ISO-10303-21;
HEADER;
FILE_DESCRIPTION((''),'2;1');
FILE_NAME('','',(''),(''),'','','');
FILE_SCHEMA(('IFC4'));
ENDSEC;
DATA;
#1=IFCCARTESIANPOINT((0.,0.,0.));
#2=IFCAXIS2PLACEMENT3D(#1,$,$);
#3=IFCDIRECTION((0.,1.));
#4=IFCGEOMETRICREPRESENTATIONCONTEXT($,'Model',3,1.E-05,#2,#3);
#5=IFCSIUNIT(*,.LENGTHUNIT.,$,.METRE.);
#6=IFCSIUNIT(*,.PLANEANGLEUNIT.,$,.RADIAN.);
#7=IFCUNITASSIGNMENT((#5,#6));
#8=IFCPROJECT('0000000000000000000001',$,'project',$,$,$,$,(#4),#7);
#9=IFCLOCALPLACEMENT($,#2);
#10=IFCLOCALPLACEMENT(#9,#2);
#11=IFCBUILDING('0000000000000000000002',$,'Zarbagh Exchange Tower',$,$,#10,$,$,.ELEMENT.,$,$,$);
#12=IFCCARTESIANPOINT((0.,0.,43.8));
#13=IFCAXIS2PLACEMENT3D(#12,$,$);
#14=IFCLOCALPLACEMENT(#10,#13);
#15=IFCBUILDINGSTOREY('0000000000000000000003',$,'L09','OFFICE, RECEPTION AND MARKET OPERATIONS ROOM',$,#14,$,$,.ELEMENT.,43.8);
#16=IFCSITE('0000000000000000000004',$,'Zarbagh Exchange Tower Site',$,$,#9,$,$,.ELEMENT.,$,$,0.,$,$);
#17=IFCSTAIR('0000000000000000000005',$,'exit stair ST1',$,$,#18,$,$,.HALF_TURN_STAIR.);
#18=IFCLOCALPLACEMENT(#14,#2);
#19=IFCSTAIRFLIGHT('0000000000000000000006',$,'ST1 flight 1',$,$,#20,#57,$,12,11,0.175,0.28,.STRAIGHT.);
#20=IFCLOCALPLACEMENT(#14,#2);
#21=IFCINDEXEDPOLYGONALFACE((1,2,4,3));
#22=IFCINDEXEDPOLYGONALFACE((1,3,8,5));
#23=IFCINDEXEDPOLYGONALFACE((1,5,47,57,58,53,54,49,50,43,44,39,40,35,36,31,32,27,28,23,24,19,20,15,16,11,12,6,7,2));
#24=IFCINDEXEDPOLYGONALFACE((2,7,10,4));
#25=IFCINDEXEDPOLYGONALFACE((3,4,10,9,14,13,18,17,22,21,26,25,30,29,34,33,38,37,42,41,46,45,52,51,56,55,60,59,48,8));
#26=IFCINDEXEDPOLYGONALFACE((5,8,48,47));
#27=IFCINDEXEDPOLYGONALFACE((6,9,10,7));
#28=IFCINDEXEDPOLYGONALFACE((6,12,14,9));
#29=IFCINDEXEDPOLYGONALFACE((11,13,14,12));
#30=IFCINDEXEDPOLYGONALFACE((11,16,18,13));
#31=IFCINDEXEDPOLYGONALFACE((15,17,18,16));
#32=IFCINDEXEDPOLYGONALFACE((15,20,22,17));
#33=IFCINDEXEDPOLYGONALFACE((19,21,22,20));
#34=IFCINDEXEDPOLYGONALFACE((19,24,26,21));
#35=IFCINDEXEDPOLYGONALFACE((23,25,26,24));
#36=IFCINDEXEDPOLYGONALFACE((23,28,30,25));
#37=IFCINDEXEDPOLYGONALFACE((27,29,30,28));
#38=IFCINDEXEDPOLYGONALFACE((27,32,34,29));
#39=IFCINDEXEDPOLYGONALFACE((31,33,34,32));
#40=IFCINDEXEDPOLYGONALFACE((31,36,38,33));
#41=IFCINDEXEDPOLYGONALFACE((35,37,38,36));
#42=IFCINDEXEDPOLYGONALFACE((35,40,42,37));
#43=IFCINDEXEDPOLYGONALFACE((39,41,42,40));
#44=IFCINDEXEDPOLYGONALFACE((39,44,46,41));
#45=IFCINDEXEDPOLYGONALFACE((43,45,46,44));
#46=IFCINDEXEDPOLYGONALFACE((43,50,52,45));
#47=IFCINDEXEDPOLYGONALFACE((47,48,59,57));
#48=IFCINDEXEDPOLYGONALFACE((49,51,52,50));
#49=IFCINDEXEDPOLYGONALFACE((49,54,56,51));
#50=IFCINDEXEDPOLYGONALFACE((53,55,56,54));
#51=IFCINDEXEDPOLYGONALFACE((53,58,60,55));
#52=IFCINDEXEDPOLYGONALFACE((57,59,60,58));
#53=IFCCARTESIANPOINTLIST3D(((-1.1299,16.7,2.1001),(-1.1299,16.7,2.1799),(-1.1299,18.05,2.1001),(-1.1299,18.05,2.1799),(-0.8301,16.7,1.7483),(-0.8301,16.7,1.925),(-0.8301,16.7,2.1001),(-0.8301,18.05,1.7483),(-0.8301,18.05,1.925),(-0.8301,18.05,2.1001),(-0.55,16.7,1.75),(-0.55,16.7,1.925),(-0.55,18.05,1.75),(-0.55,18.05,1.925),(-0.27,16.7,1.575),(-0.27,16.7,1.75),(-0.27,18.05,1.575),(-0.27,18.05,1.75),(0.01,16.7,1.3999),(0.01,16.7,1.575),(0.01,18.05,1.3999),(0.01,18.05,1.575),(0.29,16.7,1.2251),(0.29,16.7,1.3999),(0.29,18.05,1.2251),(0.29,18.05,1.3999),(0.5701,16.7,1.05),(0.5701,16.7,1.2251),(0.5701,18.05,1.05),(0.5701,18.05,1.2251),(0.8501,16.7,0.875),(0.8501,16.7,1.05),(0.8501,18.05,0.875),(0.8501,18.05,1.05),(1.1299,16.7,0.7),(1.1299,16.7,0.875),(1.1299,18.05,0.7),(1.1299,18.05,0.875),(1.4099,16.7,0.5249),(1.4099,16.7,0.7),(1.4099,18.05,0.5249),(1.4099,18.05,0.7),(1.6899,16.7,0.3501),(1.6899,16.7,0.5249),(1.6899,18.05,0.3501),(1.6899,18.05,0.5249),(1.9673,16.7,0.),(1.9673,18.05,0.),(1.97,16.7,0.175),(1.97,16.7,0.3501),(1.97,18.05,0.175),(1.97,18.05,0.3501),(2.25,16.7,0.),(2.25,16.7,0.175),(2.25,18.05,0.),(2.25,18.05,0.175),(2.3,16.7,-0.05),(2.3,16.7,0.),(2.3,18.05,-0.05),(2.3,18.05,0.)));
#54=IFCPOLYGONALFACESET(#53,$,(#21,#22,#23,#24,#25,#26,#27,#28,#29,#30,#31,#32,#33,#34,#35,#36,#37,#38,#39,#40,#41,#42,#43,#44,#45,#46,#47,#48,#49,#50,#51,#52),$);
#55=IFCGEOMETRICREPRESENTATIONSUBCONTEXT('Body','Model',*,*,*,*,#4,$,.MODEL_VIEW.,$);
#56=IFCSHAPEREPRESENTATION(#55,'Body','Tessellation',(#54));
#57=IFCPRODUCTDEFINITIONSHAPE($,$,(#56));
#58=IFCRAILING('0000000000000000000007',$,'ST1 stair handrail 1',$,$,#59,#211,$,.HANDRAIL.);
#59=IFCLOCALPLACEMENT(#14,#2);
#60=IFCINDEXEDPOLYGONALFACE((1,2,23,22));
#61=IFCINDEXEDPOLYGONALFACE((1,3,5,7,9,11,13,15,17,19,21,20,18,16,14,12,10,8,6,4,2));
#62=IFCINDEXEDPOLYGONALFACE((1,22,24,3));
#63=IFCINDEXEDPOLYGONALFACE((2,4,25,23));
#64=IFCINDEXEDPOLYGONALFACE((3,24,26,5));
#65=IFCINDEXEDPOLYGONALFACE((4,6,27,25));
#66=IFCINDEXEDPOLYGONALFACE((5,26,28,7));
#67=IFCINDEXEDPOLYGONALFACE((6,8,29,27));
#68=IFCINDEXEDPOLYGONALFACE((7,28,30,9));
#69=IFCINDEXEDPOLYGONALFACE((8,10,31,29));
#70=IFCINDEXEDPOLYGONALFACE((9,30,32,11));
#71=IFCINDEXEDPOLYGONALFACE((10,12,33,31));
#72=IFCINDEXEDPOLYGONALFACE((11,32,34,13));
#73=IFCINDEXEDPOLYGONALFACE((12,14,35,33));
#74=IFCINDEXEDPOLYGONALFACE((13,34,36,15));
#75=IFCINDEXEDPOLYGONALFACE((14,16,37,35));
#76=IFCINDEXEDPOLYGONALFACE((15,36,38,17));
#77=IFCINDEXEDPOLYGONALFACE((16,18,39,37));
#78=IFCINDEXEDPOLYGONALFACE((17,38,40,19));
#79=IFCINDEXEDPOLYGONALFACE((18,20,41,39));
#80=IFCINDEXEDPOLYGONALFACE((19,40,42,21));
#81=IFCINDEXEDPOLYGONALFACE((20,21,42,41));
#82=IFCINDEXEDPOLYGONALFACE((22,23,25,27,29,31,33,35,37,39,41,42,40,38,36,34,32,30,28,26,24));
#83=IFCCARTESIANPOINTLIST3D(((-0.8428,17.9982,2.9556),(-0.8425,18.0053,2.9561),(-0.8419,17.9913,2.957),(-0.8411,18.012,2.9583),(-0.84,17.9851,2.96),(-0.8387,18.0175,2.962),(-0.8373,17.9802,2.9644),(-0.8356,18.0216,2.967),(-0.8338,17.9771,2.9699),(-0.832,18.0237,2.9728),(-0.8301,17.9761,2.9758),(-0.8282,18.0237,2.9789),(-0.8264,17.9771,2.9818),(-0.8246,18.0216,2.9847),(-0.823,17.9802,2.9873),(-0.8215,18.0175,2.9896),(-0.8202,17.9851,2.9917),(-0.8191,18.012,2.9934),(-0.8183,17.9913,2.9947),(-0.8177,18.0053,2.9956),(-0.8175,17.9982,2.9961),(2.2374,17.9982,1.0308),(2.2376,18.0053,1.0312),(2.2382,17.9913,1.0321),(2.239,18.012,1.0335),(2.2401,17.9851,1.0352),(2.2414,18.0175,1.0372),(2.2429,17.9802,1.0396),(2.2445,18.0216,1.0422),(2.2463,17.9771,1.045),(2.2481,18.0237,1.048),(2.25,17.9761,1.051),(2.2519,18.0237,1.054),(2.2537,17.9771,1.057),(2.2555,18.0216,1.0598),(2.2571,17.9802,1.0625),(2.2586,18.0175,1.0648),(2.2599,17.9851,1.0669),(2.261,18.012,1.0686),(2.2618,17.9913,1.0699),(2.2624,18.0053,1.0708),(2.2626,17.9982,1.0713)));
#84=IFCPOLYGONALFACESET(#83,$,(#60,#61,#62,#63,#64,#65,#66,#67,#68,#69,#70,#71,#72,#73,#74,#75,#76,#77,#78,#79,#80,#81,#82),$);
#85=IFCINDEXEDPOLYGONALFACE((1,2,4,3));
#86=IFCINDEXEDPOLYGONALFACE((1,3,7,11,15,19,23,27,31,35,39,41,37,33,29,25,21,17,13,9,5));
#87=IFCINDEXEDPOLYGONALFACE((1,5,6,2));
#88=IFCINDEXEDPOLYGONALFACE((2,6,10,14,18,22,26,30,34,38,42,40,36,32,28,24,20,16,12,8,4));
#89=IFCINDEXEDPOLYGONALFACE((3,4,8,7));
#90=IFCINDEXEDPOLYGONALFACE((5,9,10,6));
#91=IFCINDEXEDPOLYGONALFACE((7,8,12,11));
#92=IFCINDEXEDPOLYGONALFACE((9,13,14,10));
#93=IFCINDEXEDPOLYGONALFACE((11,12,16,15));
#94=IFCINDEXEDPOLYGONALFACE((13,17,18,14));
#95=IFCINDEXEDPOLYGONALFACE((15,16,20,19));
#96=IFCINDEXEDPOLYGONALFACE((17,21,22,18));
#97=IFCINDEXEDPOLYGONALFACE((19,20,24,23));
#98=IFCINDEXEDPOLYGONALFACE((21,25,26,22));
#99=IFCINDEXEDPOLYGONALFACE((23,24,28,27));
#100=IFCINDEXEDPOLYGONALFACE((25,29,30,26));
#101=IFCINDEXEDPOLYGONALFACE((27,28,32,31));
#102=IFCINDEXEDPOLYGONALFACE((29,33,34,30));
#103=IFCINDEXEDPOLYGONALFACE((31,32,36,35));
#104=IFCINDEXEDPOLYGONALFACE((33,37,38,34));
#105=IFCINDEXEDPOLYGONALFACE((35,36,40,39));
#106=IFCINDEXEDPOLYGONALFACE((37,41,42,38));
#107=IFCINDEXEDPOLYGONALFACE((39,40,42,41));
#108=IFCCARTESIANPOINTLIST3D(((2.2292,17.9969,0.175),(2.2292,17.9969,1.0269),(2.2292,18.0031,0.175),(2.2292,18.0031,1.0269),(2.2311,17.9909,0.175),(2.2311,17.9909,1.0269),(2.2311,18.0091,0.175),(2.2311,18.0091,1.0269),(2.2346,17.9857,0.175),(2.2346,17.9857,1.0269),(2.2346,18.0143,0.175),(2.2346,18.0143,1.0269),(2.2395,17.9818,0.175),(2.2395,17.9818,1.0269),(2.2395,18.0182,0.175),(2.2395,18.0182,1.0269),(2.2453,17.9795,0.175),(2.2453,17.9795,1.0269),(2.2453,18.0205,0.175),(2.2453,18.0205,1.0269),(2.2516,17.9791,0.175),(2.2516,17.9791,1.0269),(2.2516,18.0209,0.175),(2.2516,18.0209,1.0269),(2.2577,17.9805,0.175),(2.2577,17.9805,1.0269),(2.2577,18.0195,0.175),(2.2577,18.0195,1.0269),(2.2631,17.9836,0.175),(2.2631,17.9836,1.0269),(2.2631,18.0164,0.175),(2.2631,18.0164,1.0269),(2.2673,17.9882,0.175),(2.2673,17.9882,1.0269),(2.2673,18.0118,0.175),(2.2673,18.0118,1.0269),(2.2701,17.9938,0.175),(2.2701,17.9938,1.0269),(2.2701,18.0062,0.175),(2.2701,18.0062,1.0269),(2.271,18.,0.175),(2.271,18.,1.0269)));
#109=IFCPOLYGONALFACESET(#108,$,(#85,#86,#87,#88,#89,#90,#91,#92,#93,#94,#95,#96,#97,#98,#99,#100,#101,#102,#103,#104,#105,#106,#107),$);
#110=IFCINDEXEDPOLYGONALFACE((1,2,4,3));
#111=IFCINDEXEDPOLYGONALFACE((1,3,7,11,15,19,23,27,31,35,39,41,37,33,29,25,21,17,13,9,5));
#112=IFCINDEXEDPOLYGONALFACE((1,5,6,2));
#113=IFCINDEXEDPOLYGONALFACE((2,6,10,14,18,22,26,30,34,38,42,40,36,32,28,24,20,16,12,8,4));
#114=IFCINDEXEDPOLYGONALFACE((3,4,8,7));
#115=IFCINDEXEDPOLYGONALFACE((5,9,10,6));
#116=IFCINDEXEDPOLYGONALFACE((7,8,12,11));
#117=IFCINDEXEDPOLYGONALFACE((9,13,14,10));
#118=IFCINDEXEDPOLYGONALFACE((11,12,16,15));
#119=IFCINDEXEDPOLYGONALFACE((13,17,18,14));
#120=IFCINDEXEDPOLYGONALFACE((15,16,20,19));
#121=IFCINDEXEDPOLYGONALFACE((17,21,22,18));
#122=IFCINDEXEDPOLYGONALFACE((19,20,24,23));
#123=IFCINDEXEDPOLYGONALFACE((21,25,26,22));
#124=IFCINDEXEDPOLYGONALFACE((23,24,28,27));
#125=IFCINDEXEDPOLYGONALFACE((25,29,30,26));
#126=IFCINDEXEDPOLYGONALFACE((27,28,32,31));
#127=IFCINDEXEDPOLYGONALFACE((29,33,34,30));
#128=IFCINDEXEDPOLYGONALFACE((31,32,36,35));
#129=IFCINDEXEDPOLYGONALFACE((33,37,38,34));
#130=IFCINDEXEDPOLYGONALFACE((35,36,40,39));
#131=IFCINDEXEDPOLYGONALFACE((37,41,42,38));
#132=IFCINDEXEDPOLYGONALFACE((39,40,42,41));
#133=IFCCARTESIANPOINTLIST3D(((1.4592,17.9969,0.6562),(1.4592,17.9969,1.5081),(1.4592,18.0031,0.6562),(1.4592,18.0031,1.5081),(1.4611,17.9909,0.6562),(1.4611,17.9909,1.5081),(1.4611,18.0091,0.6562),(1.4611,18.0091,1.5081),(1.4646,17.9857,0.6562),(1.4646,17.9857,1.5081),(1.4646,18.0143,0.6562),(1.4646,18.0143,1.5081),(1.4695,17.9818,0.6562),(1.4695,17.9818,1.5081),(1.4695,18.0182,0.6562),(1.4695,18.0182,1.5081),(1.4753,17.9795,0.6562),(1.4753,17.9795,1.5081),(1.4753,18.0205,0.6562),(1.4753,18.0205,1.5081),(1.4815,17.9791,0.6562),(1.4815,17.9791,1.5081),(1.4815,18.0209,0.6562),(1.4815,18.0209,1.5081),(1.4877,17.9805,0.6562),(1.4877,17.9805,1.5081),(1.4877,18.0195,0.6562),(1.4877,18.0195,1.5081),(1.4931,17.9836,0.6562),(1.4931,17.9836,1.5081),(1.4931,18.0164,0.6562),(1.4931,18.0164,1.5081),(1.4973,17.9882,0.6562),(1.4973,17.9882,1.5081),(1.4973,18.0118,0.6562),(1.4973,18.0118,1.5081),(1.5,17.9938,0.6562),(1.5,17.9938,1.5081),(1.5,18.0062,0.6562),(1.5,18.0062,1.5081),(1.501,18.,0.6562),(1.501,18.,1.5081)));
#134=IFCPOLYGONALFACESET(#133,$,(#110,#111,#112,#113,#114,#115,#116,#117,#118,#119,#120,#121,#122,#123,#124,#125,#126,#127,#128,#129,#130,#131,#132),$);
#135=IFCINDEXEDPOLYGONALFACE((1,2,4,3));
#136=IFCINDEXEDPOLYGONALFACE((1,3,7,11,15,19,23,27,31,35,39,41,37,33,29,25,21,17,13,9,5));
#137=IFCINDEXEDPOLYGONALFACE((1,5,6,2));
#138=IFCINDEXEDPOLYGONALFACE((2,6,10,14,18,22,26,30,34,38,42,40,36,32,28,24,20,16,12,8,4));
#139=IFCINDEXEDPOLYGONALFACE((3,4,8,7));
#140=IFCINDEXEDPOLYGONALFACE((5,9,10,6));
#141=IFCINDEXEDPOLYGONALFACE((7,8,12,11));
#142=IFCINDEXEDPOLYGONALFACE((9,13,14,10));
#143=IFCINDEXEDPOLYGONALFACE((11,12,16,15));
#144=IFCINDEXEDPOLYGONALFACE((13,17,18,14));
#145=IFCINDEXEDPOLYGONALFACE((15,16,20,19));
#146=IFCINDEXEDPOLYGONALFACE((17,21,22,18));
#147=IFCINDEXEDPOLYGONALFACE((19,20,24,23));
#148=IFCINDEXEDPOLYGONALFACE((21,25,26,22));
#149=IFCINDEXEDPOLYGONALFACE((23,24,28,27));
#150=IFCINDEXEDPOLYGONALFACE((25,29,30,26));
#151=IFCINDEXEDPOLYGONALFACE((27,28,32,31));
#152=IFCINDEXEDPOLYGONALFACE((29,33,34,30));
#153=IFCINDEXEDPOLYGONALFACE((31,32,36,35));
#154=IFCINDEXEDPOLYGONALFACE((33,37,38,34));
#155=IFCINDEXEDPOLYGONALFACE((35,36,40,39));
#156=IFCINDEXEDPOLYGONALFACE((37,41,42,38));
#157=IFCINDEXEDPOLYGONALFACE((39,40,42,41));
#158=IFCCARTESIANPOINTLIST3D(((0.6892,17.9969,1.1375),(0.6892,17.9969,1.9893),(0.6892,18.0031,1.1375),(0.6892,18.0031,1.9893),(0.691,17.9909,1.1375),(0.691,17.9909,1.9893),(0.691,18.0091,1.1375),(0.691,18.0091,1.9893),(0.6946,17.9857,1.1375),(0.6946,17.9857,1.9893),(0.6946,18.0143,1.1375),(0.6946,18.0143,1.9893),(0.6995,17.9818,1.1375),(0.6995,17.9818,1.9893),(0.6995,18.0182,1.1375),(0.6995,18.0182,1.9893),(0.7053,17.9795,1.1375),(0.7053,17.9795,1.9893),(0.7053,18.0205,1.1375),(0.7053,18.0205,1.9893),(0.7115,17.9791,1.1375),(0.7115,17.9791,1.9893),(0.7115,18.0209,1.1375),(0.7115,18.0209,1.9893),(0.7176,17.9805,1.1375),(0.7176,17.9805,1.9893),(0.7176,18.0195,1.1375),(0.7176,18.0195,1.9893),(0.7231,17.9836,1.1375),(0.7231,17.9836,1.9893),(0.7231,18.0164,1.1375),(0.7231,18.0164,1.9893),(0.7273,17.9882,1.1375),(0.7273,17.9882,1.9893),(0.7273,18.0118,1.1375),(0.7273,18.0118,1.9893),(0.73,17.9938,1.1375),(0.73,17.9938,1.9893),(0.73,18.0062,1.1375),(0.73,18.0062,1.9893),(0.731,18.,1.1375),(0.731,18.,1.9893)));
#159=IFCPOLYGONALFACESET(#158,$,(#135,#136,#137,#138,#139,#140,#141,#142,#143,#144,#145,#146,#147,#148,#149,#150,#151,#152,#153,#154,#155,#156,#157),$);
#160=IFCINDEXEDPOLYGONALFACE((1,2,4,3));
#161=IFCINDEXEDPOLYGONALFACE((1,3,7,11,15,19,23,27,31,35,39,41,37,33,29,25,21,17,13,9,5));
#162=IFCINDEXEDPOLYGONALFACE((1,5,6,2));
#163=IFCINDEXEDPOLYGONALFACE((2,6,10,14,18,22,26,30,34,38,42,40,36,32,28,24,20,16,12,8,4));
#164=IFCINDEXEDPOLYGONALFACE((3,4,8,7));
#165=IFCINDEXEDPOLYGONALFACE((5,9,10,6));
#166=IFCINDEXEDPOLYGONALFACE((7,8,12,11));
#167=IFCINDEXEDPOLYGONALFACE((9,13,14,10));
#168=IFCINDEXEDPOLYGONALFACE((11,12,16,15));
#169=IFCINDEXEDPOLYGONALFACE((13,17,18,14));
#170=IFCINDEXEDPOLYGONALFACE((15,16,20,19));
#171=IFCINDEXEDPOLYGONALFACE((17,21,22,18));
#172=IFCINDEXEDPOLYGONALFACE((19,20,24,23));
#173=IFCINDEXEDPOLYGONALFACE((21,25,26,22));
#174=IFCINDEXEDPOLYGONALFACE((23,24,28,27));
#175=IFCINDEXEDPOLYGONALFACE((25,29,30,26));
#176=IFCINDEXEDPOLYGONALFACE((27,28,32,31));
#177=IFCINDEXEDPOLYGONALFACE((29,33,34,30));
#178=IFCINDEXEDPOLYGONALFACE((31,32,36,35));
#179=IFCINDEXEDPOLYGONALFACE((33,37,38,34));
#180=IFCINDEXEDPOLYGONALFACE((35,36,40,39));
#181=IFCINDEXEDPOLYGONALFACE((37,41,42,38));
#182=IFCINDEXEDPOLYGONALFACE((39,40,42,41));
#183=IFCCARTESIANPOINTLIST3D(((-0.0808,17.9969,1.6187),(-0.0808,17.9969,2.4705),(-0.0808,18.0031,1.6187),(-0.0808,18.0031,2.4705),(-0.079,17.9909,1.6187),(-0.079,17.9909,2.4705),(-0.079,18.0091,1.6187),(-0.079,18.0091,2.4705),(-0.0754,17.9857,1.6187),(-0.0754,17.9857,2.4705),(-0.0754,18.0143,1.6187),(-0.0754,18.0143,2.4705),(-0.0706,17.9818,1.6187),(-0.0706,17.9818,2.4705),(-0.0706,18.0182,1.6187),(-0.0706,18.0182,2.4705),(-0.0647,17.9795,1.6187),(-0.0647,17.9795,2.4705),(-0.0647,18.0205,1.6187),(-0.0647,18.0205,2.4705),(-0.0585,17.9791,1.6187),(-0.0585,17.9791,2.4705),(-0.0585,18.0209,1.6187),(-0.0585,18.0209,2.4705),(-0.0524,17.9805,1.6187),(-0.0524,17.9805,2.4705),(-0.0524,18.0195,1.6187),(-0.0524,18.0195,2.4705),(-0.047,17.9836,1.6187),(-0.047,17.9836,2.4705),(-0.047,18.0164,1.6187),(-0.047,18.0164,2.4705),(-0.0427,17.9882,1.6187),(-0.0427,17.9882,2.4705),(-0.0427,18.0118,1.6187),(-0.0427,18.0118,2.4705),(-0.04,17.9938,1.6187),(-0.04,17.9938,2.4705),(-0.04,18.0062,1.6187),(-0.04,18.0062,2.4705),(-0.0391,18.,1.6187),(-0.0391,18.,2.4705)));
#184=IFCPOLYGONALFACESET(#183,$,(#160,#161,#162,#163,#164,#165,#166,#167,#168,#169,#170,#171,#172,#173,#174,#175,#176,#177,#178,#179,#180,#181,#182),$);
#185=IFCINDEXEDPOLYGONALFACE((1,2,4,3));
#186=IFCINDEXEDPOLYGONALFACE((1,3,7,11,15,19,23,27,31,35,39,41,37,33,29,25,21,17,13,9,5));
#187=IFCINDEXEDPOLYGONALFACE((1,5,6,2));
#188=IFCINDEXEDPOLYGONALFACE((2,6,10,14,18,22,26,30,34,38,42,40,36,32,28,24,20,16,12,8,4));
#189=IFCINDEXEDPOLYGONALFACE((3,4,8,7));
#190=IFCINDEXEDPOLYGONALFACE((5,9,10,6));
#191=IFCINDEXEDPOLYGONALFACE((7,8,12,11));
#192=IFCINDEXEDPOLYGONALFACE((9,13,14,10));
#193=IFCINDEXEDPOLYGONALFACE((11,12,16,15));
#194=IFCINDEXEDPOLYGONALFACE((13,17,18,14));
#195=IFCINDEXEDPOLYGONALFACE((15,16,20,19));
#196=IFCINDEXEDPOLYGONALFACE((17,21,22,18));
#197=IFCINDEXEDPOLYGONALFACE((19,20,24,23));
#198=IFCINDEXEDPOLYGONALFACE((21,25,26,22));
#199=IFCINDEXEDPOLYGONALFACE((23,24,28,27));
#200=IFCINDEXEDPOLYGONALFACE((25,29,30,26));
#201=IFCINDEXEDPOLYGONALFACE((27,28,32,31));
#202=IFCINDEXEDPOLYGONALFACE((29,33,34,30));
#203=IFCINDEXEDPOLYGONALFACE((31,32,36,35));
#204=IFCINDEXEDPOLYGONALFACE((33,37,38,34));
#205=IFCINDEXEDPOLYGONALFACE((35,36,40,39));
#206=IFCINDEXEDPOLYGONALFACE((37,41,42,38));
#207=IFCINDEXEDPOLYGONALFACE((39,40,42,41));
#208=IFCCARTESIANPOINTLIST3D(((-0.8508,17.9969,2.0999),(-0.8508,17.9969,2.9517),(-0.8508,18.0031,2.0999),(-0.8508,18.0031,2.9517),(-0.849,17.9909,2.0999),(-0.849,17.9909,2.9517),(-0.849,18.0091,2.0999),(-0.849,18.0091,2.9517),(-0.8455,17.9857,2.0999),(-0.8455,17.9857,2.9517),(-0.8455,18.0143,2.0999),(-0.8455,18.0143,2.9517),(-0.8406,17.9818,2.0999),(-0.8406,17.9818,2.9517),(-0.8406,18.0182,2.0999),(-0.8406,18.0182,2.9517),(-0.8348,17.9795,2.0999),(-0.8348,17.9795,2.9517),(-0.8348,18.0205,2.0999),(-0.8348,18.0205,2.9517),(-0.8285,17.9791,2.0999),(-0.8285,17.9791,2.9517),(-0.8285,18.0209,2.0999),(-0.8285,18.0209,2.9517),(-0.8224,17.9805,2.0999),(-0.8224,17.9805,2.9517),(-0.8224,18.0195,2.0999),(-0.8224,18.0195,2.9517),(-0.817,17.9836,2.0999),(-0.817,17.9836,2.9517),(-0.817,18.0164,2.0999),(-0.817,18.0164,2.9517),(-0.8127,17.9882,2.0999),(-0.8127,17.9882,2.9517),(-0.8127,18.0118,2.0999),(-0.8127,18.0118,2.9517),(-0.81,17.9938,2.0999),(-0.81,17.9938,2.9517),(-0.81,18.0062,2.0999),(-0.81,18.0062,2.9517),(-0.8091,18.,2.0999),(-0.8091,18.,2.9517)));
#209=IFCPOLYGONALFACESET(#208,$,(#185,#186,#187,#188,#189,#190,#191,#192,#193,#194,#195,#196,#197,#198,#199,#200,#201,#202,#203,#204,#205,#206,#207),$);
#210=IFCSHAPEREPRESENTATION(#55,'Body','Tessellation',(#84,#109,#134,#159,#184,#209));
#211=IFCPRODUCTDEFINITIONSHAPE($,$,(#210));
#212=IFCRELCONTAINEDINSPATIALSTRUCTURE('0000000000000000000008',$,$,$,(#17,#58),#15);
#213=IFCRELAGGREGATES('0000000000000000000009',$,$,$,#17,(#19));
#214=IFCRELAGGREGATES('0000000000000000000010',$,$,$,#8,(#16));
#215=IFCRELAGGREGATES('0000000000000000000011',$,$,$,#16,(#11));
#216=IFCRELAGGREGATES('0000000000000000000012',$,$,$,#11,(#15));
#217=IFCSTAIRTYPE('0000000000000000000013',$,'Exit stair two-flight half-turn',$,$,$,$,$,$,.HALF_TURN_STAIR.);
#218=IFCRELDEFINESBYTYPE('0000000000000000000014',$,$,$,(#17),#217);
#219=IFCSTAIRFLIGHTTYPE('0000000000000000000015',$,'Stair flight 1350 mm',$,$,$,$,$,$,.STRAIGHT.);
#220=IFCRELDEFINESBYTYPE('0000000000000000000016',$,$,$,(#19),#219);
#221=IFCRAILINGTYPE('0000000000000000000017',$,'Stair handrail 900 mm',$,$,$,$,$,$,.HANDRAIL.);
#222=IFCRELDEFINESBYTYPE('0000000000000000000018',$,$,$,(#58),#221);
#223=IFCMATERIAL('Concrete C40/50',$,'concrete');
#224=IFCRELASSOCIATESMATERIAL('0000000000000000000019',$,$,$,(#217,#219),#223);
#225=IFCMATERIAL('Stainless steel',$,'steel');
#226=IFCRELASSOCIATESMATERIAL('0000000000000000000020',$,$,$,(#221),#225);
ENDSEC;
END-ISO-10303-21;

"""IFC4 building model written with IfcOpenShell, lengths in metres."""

from ifc_helpers import new_model, si_unit, direction, frame, origin, origin_2d, place, context, subcontext, project, spatial, polyline, circle, outline, extrude, material, type_object, element, aggregate, save


model = new_model("IFC4")

# Units and contexts
model_context = context("Model", 3, precision=1e-05, world=origin(), true_north=direction((0.0, 1.0)))
body_context = subcontext(model_context, "Body", "Model", "MODEL_VIEW")
ifc_project = project(units=[si_unit("LENGTHUNIT", "METRE"), si_unit("PLANEANGLEUNIT", "RADIAN")], contexts=[model_context])

# Site, building, storey
site_placement = place(None, origin())
site = spatial("IfcSite", under=ifc_project, at=site_placement, Name="Zarbagh Exchange Tower Site", CompositionType="ELEMENT", RefElevation=0.0)
building_placement = place(site_placement, origin())
building = spatial("IfcBuilding", under=site, at=building_placement, Name="Zarbagh Exchange Tower", CompositionType="ELEMENT")
storey_placement = place(building_placement, frame((0.0, 0.0, 43.8)))
storey = spatial("IfcBuildingStorey", under=building, at=storey_placement, Name="L09", Description="OFFICE, RECEPTION AND MARKET OPERATIONS ROOM", CompositionType="ELEMENT", Elevation=43.8)

# Stair, stair flight
ifc_material_1 = material(Name="Concrete C40/50", Category="concrete")
stair_type = type_object("IfcStairType", Name="Exit stair two-flight half-turn", PredefinedType="HALF_TURN_STAIR", material=ifc_material_1)
stair_placement = place(storey_placement, origin())
stair = element("IfcStair", 1, at=stair_placement, inside=storey, type_object=stair_type, Name="exit stair ST1", PredefinedType="HALF_TURN_STAIR")
stair_flight_type = type_object("IfcStairFlightType", Name="Stair flight 1350 mm", PredefinedType="STRAIGHT", material=ifc_material_1)
stair_flight_placement = place(storey_placement, frame((2.25, 17.375, 0.0), z_axis=(0.0, 0.0, 1.0), x_axis=(-1.0, 0.0, 0.0)))
stair_flight = element("IfcStairFlight", 2, at=stair_flight_placement, type_object=stair_flight_type, Name="ST1 flight 1", NumberOfRisers=12, NumberOfTreads=11, PredefinedType="STRAIGHT", RiserHeight=0.175, TreadLength=0.28, context=body_context, shape_type="SweptSolid", body=[
    extrude(outline(polyline([(-0.05, -0.05), (-0.05, 0.0), (0.0, 0.0), (0.0, 0.175), (0.28, 0.175), (0.28, 0.3501), (0.5601, 0.3501), (0.5601, 0.5249), (0.8401, 0.5249), (0.8401, 0.7), (1.1201, 0.7), (1.1201, 0.875), (1.3999, 0.875), (1.3999, 1.05), (1.6799, 1.05), (1.6799, 1.2251), (1.96, 1.2251), (1.96, 1.3999), (2.24, 1.3999), (2.24, 1.575), (2.52, 1.575), (2.52, 1.75), (2.8, 1.75), (2.8, 1.925), (3.0801, 1.925), (3.0801, 2.1001), (3.3799, 2.1799), (3.3799, 2.1001), (3.0801, 1.7483), (0.2827, 0.0), (-0.05, -0.05)])), frame((0.0, 0.675, 0.0), z_axis=(0.0, -1.0, 0.0), x_axis=(1.0, 0.0, 0.0)), (0.0, 0.0, 1.0), 1.3501),
])
aggregate(stair, [stair_flight])

# Railing
ifc_material_2 = material(Name="Stainless steel", Category="steel")
railing_type = type_object("IfcRailingType", Name="Stair handrail 900 mm", PredefinedType="HANDRAIL", material=ifc_material_2)
railing_placement = place(storey_placement, frame((2.25, 18.0, 0.175)))
element("IfcRailing", 3, at=railing_placement, inside=storey, type_object=railing_type, Name="ST1 stair handrail 1", PredefinedType="HANDRAIL", context=body_context, shape_type="SweptSolid", body=[
    extrude(circle(Radius=0.0239, at=origin_2d()), frame((0.0, 0.0, 0.876), z_axis=(-0.848029, 0.0, 0.529951), x_axis=(0.0, -1.0, 0.0)), (0.0, 0.0, 1.0), 3.6321),
    extrude(circle(Radius=0.021, at=origin_2d()), origin(), (0.0, 0.0, 1.0), 0.8518),
    extrude(circle(Radius=0.021, at=origin_2d()), frame((-0.77, 0.0, 0.4812)), (0.0, 0.0, 1.0), 0.8518),
    extrude(circle(Radius=0.021, at=origin_2d()), frame((-1.54, 0.0, 0.9624)), (0.0, 0.0, 1.0), 0.8518),
    extrude(circle(Radius=0.021, at=origin_2d()), frame((-2.3101, 0.0, 1.4436)), (0.0, 0.0, 1.0), 0.8518),
    extrude(circle(Radius=0.021, at=origin_2d()), frame((-3.0801, 0.0, 1.9248)), (0.0, 0.0, 1.0), 0.8518),
])

save(model, "model.ifc")
